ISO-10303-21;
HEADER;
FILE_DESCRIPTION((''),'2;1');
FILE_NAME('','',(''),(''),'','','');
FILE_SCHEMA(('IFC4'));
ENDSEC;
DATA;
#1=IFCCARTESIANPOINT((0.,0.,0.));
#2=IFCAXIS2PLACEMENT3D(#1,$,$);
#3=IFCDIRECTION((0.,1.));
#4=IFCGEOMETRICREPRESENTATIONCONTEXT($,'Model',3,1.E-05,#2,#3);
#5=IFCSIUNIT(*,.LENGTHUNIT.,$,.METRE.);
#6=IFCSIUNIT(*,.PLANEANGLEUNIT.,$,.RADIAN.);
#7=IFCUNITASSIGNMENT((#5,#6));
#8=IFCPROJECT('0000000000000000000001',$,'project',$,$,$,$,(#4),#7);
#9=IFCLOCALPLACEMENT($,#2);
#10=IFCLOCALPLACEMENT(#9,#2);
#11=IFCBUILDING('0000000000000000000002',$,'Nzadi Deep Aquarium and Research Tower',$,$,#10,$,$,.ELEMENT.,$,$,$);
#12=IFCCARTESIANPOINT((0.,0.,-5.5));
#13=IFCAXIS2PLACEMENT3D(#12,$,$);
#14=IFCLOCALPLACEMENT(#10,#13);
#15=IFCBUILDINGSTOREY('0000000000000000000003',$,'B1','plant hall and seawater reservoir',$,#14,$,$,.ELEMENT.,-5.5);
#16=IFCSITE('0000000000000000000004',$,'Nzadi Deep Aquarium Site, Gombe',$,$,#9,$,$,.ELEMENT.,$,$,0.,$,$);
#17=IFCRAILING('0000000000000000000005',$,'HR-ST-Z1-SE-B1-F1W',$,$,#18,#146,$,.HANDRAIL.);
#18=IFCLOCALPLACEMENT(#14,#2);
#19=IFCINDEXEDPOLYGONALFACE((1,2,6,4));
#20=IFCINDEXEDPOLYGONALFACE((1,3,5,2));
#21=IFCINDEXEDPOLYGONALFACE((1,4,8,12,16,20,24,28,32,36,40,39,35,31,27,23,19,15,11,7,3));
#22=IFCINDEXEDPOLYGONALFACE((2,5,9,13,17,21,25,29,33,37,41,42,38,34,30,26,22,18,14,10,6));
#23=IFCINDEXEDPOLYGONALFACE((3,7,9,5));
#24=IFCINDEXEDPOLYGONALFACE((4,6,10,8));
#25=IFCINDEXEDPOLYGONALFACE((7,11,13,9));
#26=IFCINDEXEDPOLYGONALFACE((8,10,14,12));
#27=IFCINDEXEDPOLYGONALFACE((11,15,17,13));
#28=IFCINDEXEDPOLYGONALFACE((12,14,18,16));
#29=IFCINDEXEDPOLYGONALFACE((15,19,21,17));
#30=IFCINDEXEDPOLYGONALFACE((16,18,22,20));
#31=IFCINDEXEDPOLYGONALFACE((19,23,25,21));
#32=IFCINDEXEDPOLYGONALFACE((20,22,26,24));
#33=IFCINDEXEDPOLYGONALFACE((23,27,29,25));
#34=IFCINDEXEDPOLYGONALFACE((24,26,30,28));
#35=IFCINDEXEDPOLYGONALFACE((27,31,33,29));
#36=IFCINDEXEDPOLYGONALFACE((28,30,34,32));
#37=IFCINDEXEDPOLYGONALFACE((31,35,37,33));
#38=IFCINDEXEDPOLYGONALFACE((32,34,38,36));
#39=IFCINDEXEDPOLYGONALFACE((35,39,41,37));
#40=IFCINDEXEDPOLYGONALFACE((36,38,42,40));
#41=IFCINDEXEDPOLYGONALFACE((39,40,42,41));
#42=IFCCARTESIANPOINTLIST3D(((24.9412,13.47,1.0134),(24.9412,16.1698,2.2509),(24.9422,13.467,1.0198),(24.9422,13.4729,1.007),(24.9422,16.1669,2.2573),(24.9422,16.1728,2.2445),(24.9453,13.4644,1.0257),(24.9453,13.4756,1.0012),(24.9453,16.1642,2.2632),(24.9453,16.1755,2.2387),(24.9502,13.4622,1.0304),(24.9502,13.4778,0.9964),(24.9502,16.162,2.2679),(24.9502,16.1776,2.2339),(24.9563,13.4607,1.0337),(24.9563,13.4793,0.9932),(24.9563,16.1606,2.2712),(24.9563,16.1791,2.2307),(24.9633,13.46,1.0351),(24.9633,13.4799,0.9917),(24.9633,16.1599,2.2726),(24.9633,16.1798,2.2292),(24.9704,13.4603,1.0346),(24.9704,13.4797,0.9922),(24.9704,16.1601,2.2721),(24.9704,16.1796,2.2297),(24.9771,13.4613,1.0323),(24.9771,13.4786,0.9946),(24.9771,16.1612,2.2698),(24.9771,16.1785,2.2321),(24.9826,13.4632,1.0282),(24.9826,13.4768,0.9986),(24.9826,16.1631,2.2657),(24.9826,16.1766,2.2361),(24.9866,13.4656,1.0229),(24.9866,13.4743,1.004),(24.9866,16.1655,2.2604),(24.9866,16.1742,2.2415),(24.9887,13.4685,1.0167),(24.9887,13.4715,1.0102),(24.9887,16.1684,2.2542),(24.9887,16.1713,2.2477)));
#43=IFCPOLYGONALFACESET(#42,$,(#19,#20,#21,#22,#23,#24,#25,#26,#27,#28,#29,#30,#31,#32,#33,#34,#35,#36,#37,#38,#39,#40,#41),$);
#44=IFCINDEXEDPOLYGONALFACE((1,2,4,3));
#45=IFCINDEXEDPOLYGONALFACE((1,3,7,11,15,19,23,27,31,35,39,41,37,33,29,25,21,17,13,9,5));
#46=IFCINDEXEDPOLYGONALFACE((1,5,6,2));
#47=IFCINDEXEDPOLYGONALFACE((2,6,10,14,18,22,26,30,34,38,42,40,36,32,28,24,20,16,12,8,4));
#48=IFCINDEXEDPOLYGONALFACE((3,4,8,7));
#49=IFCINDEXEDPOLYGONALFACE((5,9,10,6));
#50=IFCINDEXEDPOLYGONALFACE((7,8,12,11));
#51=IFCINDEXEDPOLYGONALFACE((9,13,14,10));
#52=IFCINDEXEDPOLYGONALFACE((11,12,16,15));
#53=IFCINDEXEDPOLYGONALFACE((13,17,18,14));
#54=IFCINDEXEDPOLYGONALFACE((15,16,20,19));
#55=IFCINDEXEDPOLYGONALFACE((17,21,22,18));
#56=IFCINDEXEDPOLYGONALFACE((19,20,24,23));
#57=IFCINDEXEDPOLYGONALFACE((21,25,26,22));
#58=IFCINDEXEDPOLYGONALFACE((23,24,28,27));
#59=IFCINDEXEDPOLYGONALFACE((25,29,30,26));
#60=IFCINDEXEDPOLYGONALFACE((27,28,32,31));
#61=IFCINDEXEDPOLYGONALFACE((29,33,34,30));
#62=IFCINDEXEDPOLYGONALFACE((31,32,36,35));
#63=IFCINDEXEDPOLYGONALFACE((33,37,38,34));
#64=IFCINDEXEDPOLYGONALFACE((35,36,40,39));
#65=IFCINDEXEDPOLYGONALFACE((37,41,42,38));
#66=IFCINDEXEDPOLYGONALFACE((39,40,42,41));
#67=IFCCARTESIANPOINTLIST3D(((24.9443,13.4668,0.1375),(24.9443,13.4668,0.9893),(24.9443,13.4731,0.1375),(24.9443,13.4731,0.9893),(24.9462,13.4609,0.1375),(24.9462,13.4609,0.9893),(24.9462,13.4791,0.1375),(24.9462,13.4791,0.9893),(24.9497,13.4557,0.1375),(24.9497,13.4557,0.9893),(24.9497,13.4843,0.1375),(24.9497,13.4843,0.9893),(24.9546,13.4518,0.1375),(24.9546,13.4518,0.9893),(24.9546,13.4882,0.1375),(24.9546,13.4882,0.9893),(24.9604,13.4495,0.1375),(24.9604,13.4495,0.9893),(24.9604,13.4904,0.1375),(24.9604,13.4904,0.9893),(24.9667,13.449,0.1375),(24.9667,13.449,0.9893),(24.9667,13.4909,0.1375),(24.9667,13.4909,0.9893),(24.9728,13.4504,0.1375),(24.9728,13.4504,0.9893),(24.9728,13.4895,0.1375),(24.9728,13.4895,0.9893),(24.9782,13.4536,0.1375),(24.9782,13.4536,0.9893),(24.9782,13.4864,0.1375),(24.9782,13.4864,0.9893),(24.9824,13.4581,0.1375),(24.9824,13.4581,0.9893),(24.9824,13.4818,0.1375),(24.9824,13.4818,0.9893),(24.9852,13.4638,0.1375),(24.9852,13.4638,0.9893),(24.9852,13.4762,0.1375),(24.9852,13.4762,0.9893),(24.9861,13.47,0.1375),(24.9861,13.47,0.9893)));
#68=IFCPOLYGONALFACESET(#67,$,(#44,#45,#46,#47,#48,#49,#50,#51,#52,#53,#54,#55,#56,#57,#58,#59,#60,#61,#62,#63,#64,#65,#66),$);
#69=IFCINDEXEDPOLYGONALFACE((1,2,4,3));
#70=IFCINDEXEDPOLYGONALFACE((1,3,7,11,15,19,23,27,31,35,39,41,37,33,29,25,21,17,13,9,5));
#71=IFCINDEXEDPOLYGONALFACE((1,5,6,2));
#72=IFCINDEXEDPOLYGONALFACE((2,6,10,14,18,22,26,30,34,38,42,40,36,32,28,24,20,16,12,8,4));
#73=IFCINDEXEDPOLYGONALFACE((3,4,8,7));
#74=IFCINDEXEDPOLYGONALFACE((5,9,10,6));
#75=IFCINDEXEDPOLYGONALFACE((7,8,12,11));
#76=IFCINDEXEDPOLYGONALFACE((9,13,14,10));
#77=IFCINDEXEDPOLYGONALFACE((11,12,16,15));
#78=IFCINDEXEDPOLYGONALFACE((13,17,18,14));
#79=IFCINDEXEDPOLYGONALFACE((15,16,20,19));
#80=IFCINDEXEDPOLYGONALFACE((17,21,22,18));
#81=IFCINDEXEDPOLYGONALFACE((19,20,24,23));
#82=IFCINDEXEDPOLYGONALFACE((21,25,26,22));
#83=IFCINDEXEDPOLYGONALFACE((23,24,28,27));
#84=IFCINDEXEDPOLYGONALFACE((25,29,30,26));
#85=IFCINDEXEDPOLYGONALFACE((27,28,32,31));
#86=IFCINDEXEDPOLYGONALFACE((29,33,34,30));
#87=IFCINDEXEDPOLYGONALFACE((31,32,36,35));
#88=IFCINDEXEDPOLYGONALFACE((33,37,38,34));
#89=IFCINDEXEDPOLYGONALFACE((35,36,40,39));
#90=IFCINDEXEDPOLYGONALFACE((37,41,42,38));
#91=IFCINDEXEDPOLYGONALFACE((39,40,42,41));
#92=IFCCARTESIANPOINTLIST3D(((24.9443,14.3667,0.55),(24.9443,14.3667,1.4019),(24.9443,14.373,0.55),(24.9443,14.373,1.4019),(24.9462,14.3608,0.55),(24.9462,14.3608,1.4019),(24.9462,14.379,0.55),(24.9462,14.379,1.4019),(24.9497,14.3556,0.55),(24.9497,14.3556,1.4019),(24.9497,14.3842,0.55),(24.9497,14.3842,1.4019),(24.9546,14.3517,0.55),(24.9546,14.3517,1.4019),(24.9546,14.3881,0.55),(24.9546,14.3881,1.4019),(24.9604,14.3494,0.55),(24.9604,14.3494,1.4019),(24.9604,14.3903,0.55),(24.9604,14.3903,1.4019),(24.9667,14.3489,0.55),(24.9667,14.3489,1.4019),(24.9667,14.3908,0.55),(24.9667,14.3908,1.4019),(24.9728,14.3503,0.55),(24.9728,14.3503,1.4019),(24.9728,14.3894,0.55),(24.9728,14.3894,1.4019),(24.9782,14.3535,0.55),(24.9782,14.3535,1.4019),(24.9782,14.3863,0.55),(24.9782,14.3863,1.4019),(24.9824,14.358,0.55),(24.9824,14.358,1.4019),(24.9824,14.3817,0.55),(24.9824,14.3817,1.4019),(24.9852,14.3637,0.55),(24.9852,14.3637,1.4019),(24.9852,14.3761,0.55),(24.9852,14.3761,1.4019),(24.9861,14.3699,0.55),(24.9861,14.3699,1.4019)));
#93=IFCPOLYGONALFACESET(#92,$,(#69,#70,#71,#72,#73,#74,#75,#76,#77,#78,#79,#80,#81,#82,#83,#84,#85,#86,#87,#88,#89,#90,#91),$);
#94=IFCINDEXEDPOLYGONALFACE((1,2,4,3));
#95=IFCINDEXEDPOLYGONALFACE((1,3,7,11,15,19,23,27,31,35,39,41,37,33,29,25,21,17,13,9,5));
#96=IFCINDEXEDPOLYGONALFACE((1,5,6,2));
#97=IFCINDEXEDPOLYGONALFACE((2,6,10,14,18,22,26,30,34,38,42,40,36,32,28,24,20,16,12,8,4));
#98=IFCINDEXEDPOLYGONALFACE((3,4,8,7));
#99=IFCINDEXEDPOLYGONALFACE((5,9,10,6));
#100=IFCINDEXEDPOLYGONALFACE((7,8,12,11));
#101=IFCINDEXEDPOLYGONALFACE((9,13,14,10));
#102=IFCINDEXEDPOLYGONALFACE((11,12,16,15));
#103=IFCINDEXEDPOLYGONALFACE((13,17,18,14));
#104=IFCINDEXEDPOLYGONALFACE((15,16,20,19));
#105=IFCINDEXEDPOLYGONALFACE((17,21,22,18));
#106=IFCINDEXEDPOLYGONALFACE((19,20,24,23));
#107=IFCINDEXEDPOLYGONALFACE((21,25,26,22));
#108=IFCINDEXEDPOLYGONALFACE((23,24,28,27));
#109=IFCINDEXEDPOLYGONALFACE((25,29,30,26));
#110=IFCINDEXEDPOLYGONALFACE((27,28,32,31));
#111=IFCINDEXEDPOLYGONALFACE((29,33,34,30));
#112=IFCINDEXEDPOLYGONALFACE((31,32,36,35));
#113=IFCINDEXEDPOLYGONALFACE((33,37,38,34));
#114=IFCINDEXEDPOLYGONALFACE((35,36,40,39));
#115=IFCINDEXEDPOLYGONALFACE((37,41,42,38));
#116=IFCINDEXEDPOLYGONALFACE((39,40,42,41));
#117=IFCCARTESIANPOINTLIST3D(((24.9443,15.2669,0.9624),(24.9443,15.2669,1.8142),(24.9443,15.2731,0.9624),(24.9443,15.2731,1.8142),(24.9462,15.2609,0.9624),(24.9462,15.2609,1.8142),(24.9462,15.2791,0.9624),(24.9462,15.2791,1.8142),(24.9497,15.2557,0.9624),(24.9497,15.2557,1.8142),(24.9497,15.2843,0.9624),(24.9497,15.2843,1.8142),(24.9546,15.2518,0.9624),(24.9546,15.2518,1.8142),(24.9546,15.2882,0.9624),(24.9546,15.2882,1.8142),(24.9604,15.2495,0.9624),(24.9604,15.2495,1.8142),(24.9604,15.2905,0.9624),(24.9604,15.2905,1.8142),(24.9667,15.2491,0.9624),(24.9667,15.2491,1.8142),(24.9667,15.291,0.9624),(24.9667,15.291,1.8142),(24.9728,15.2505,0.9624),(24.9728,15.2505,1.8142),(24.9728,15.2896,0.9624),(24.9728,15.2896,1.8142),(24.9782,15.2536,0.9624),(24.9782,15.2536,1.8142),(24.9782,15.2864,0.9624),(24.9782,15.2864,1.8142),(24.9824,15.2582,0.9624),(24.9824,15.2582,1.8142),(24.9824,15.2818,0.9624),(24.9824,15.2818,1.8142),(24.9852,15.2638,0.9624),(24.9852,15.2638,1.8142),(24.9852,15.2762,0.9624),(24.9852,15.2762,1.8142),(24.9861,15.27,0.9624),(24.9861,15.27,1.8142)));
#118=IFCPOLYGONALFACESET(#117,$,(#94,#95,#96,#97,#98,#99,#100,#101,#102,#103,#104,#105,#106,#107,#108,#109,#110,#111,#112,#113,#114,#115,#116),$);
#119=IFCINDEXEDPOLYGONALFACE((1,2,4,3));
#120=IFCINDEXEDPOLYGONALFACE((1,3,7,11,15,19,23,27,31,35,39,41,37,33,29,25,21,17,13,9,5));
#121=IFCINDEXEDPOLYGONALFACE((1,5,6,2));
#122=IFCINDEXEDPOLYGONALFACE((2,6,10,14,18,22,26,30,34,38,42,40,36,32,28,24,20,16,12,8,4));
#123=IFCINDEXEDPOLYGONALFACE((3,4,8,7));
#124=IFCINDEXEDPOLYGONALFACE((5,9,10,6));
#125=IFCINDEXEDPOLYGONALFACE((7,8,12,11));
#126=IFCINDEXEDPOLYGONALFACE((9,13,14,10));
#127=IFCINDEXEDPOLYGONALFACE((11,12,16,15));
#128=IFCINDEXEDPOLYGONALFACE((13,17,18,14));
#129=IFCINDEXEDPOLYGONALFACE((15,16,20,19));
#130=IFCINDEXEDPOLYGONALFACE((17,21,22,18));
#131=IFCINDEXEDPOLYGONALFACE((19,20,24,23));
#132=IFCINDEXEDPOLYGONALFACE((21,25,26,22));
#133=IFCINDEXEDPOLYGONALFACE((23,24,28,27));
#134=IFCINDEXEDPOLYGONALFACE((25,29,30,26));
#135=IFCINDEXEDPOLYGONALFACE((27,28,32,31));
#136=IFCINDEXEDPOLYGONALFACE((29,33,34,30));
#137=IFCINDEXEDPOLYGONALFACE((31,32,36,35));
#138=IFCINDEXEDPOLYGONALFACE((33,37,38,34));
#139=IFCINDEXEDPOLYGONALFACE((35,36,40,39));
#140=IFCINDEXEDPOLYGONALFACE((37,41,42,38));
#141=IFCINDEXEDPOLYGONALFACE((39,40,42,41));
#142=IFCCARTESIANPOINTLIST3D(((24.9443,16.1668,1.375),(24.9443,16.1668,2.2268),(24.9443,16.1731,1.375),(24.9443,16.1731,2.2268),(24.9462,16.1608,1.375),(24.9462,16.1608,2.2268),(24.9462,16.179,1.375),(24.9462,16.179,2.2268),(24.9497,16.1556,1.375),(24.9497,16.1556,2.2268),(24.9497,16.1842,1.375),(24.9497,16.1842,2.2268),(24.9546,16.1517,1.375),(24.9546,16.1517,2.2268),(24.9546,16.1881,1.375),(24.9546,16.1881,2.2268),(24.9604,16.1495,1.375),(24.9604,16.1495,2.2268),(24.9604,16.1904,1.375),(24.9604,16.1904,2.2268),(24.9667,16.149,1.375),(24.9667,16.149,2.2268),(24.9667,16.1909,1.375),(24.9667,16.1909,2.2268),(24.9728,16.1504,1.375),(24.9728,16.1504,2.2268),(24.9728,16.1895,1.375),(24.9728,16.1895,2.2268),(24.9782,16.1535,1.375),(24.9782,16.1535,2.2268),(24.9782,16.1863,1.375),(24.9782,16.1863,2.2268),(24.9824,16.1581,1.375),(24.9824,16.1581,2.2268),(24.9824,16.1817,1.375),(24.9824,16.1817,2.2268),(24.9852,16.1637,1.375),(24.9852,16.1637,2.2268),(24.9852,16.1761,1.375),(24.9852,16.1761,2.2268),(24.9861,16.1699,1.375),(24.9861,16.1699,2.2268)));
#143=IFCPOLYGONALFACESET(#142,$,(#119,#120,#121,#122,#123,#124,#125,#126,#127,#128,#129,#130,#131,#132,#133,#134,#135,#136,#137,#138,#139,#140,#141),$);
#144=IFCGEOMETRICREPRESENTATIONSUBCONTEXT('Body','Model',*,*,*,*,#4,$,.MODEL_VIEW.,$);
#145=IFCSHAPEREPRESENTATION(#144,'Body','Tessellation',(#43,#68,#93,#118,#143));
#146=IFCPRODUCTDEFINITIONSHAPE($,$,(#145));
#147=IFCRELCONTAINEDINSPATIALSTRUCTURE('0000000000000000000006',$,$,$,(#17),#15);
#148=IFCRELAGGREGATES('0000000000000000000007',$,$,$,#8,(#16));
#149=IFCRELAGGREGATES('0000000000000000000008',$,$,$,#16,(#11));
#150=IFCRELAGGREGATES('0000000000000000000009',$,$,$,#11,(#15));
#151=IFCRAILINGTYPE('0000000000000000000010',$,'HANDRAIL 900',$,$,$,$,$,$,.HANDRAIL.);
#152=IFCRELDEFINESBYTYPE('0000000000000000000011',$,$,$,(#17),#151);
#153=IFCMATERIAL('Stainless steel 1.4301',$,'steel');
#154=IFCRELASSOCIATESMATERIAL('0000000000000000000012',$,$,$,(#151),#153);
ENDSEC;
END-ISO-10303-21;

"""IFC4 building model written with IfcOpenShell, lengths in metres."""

from ifc_helpers import new_model, si_unit, direction, frame, origin, origin_2d, place, context, subcontext, project, spatial, circle, extrude, material, type_object, element, save


model = new_model("IFC4")

# Units and contexts
model_context = context("Model", 3, precision=1e-05, world=origin(), true_north=direction((0.0, 1.0)))
body_context = subcontext(model_context, "Body", "Model", "MODEL_VIEW")
ifc_project = project(units=[si_unit("LENGTHUNIT", "METRE"), si_unit("PLANEANGLEUNIT", "RADIAN")], contexts=[model_context])

# Site, building, storey
site_placement = place(None, origin())
site = spatial("IfcSite", under=ifc_project, at=site_placement, Name="Nzadi Deep Aquarium Site, Gombe", CompositionType="ELEMENT", RefElevation=0.0)
building_placement = place(site_placement, origin())
building = spatial("IfcBuilding", under=site, at=building_placement, Name="Nzadi Deep Aquarium and Research Tower", CompositionType="ELEMENT")
storey_placement = place(building_placement, frame((0.0, 0.0, -5.5)))
storey = spatial("IfcBuildingStorey", under=building, at=storey_placement, Name="B1", Description="plant hall and seawater reservoir", CompositionType="ELEMENT", Elevation=-5.5)

# Railing
ifc_material_1 = material(Name="Stainless steel 1.4301", Category="steel")
railing_type = type_object("IfcRailingType", Name="HANDRAIL 900", PredefinedType="HANDRAIL", material=ifc_material_1)
for number, where, name in (
    (1, (24.9651, 13.47, 0.1375), "HR-ST-Z1-SE-B1-F1W"),
):
    element("IfcRailing", number, at=place(storey_placement, frame(where)), inside=storey, type_object=railing_type, Name=name, PredefinedType="HANDRAIL", context=body_context, shape_type="SweptSolid", body=[
        extrude(circle(Radius=0.0239, at=origin_2d()), frame((0.0, 0.0, 0.876), z_axis=(0.0, 0.909056, 0.416675), x_axis=(-1.0, 0.0, 0.0)), (0.0, 0.0, 1.0), 2.97),
        extrude(circle(Radius=0.021, at=origin_2d()), origin(), (0.0, 0.0, 1.0), 0.8518),
        extrude(circle(Radius=0.021, at=origin_2d()), frame((0.0, 0.8999, 0.4126)), (0.0, 0.0, 1.0), 0.8518),
        extrude(circle(Radius=0.021, at=origin_2d()), frame((0.0, 1.8, 0.825)), (0.0, 0.0, 1.0), 0.8518),
        extrude(circle(Radius=0.021, at=origin_2d()), frame((0.0, 2.7, 1.2375)), (0.0, 0.0, 1.0), 0.8518),
    ])

save(model, "model.ifc")
